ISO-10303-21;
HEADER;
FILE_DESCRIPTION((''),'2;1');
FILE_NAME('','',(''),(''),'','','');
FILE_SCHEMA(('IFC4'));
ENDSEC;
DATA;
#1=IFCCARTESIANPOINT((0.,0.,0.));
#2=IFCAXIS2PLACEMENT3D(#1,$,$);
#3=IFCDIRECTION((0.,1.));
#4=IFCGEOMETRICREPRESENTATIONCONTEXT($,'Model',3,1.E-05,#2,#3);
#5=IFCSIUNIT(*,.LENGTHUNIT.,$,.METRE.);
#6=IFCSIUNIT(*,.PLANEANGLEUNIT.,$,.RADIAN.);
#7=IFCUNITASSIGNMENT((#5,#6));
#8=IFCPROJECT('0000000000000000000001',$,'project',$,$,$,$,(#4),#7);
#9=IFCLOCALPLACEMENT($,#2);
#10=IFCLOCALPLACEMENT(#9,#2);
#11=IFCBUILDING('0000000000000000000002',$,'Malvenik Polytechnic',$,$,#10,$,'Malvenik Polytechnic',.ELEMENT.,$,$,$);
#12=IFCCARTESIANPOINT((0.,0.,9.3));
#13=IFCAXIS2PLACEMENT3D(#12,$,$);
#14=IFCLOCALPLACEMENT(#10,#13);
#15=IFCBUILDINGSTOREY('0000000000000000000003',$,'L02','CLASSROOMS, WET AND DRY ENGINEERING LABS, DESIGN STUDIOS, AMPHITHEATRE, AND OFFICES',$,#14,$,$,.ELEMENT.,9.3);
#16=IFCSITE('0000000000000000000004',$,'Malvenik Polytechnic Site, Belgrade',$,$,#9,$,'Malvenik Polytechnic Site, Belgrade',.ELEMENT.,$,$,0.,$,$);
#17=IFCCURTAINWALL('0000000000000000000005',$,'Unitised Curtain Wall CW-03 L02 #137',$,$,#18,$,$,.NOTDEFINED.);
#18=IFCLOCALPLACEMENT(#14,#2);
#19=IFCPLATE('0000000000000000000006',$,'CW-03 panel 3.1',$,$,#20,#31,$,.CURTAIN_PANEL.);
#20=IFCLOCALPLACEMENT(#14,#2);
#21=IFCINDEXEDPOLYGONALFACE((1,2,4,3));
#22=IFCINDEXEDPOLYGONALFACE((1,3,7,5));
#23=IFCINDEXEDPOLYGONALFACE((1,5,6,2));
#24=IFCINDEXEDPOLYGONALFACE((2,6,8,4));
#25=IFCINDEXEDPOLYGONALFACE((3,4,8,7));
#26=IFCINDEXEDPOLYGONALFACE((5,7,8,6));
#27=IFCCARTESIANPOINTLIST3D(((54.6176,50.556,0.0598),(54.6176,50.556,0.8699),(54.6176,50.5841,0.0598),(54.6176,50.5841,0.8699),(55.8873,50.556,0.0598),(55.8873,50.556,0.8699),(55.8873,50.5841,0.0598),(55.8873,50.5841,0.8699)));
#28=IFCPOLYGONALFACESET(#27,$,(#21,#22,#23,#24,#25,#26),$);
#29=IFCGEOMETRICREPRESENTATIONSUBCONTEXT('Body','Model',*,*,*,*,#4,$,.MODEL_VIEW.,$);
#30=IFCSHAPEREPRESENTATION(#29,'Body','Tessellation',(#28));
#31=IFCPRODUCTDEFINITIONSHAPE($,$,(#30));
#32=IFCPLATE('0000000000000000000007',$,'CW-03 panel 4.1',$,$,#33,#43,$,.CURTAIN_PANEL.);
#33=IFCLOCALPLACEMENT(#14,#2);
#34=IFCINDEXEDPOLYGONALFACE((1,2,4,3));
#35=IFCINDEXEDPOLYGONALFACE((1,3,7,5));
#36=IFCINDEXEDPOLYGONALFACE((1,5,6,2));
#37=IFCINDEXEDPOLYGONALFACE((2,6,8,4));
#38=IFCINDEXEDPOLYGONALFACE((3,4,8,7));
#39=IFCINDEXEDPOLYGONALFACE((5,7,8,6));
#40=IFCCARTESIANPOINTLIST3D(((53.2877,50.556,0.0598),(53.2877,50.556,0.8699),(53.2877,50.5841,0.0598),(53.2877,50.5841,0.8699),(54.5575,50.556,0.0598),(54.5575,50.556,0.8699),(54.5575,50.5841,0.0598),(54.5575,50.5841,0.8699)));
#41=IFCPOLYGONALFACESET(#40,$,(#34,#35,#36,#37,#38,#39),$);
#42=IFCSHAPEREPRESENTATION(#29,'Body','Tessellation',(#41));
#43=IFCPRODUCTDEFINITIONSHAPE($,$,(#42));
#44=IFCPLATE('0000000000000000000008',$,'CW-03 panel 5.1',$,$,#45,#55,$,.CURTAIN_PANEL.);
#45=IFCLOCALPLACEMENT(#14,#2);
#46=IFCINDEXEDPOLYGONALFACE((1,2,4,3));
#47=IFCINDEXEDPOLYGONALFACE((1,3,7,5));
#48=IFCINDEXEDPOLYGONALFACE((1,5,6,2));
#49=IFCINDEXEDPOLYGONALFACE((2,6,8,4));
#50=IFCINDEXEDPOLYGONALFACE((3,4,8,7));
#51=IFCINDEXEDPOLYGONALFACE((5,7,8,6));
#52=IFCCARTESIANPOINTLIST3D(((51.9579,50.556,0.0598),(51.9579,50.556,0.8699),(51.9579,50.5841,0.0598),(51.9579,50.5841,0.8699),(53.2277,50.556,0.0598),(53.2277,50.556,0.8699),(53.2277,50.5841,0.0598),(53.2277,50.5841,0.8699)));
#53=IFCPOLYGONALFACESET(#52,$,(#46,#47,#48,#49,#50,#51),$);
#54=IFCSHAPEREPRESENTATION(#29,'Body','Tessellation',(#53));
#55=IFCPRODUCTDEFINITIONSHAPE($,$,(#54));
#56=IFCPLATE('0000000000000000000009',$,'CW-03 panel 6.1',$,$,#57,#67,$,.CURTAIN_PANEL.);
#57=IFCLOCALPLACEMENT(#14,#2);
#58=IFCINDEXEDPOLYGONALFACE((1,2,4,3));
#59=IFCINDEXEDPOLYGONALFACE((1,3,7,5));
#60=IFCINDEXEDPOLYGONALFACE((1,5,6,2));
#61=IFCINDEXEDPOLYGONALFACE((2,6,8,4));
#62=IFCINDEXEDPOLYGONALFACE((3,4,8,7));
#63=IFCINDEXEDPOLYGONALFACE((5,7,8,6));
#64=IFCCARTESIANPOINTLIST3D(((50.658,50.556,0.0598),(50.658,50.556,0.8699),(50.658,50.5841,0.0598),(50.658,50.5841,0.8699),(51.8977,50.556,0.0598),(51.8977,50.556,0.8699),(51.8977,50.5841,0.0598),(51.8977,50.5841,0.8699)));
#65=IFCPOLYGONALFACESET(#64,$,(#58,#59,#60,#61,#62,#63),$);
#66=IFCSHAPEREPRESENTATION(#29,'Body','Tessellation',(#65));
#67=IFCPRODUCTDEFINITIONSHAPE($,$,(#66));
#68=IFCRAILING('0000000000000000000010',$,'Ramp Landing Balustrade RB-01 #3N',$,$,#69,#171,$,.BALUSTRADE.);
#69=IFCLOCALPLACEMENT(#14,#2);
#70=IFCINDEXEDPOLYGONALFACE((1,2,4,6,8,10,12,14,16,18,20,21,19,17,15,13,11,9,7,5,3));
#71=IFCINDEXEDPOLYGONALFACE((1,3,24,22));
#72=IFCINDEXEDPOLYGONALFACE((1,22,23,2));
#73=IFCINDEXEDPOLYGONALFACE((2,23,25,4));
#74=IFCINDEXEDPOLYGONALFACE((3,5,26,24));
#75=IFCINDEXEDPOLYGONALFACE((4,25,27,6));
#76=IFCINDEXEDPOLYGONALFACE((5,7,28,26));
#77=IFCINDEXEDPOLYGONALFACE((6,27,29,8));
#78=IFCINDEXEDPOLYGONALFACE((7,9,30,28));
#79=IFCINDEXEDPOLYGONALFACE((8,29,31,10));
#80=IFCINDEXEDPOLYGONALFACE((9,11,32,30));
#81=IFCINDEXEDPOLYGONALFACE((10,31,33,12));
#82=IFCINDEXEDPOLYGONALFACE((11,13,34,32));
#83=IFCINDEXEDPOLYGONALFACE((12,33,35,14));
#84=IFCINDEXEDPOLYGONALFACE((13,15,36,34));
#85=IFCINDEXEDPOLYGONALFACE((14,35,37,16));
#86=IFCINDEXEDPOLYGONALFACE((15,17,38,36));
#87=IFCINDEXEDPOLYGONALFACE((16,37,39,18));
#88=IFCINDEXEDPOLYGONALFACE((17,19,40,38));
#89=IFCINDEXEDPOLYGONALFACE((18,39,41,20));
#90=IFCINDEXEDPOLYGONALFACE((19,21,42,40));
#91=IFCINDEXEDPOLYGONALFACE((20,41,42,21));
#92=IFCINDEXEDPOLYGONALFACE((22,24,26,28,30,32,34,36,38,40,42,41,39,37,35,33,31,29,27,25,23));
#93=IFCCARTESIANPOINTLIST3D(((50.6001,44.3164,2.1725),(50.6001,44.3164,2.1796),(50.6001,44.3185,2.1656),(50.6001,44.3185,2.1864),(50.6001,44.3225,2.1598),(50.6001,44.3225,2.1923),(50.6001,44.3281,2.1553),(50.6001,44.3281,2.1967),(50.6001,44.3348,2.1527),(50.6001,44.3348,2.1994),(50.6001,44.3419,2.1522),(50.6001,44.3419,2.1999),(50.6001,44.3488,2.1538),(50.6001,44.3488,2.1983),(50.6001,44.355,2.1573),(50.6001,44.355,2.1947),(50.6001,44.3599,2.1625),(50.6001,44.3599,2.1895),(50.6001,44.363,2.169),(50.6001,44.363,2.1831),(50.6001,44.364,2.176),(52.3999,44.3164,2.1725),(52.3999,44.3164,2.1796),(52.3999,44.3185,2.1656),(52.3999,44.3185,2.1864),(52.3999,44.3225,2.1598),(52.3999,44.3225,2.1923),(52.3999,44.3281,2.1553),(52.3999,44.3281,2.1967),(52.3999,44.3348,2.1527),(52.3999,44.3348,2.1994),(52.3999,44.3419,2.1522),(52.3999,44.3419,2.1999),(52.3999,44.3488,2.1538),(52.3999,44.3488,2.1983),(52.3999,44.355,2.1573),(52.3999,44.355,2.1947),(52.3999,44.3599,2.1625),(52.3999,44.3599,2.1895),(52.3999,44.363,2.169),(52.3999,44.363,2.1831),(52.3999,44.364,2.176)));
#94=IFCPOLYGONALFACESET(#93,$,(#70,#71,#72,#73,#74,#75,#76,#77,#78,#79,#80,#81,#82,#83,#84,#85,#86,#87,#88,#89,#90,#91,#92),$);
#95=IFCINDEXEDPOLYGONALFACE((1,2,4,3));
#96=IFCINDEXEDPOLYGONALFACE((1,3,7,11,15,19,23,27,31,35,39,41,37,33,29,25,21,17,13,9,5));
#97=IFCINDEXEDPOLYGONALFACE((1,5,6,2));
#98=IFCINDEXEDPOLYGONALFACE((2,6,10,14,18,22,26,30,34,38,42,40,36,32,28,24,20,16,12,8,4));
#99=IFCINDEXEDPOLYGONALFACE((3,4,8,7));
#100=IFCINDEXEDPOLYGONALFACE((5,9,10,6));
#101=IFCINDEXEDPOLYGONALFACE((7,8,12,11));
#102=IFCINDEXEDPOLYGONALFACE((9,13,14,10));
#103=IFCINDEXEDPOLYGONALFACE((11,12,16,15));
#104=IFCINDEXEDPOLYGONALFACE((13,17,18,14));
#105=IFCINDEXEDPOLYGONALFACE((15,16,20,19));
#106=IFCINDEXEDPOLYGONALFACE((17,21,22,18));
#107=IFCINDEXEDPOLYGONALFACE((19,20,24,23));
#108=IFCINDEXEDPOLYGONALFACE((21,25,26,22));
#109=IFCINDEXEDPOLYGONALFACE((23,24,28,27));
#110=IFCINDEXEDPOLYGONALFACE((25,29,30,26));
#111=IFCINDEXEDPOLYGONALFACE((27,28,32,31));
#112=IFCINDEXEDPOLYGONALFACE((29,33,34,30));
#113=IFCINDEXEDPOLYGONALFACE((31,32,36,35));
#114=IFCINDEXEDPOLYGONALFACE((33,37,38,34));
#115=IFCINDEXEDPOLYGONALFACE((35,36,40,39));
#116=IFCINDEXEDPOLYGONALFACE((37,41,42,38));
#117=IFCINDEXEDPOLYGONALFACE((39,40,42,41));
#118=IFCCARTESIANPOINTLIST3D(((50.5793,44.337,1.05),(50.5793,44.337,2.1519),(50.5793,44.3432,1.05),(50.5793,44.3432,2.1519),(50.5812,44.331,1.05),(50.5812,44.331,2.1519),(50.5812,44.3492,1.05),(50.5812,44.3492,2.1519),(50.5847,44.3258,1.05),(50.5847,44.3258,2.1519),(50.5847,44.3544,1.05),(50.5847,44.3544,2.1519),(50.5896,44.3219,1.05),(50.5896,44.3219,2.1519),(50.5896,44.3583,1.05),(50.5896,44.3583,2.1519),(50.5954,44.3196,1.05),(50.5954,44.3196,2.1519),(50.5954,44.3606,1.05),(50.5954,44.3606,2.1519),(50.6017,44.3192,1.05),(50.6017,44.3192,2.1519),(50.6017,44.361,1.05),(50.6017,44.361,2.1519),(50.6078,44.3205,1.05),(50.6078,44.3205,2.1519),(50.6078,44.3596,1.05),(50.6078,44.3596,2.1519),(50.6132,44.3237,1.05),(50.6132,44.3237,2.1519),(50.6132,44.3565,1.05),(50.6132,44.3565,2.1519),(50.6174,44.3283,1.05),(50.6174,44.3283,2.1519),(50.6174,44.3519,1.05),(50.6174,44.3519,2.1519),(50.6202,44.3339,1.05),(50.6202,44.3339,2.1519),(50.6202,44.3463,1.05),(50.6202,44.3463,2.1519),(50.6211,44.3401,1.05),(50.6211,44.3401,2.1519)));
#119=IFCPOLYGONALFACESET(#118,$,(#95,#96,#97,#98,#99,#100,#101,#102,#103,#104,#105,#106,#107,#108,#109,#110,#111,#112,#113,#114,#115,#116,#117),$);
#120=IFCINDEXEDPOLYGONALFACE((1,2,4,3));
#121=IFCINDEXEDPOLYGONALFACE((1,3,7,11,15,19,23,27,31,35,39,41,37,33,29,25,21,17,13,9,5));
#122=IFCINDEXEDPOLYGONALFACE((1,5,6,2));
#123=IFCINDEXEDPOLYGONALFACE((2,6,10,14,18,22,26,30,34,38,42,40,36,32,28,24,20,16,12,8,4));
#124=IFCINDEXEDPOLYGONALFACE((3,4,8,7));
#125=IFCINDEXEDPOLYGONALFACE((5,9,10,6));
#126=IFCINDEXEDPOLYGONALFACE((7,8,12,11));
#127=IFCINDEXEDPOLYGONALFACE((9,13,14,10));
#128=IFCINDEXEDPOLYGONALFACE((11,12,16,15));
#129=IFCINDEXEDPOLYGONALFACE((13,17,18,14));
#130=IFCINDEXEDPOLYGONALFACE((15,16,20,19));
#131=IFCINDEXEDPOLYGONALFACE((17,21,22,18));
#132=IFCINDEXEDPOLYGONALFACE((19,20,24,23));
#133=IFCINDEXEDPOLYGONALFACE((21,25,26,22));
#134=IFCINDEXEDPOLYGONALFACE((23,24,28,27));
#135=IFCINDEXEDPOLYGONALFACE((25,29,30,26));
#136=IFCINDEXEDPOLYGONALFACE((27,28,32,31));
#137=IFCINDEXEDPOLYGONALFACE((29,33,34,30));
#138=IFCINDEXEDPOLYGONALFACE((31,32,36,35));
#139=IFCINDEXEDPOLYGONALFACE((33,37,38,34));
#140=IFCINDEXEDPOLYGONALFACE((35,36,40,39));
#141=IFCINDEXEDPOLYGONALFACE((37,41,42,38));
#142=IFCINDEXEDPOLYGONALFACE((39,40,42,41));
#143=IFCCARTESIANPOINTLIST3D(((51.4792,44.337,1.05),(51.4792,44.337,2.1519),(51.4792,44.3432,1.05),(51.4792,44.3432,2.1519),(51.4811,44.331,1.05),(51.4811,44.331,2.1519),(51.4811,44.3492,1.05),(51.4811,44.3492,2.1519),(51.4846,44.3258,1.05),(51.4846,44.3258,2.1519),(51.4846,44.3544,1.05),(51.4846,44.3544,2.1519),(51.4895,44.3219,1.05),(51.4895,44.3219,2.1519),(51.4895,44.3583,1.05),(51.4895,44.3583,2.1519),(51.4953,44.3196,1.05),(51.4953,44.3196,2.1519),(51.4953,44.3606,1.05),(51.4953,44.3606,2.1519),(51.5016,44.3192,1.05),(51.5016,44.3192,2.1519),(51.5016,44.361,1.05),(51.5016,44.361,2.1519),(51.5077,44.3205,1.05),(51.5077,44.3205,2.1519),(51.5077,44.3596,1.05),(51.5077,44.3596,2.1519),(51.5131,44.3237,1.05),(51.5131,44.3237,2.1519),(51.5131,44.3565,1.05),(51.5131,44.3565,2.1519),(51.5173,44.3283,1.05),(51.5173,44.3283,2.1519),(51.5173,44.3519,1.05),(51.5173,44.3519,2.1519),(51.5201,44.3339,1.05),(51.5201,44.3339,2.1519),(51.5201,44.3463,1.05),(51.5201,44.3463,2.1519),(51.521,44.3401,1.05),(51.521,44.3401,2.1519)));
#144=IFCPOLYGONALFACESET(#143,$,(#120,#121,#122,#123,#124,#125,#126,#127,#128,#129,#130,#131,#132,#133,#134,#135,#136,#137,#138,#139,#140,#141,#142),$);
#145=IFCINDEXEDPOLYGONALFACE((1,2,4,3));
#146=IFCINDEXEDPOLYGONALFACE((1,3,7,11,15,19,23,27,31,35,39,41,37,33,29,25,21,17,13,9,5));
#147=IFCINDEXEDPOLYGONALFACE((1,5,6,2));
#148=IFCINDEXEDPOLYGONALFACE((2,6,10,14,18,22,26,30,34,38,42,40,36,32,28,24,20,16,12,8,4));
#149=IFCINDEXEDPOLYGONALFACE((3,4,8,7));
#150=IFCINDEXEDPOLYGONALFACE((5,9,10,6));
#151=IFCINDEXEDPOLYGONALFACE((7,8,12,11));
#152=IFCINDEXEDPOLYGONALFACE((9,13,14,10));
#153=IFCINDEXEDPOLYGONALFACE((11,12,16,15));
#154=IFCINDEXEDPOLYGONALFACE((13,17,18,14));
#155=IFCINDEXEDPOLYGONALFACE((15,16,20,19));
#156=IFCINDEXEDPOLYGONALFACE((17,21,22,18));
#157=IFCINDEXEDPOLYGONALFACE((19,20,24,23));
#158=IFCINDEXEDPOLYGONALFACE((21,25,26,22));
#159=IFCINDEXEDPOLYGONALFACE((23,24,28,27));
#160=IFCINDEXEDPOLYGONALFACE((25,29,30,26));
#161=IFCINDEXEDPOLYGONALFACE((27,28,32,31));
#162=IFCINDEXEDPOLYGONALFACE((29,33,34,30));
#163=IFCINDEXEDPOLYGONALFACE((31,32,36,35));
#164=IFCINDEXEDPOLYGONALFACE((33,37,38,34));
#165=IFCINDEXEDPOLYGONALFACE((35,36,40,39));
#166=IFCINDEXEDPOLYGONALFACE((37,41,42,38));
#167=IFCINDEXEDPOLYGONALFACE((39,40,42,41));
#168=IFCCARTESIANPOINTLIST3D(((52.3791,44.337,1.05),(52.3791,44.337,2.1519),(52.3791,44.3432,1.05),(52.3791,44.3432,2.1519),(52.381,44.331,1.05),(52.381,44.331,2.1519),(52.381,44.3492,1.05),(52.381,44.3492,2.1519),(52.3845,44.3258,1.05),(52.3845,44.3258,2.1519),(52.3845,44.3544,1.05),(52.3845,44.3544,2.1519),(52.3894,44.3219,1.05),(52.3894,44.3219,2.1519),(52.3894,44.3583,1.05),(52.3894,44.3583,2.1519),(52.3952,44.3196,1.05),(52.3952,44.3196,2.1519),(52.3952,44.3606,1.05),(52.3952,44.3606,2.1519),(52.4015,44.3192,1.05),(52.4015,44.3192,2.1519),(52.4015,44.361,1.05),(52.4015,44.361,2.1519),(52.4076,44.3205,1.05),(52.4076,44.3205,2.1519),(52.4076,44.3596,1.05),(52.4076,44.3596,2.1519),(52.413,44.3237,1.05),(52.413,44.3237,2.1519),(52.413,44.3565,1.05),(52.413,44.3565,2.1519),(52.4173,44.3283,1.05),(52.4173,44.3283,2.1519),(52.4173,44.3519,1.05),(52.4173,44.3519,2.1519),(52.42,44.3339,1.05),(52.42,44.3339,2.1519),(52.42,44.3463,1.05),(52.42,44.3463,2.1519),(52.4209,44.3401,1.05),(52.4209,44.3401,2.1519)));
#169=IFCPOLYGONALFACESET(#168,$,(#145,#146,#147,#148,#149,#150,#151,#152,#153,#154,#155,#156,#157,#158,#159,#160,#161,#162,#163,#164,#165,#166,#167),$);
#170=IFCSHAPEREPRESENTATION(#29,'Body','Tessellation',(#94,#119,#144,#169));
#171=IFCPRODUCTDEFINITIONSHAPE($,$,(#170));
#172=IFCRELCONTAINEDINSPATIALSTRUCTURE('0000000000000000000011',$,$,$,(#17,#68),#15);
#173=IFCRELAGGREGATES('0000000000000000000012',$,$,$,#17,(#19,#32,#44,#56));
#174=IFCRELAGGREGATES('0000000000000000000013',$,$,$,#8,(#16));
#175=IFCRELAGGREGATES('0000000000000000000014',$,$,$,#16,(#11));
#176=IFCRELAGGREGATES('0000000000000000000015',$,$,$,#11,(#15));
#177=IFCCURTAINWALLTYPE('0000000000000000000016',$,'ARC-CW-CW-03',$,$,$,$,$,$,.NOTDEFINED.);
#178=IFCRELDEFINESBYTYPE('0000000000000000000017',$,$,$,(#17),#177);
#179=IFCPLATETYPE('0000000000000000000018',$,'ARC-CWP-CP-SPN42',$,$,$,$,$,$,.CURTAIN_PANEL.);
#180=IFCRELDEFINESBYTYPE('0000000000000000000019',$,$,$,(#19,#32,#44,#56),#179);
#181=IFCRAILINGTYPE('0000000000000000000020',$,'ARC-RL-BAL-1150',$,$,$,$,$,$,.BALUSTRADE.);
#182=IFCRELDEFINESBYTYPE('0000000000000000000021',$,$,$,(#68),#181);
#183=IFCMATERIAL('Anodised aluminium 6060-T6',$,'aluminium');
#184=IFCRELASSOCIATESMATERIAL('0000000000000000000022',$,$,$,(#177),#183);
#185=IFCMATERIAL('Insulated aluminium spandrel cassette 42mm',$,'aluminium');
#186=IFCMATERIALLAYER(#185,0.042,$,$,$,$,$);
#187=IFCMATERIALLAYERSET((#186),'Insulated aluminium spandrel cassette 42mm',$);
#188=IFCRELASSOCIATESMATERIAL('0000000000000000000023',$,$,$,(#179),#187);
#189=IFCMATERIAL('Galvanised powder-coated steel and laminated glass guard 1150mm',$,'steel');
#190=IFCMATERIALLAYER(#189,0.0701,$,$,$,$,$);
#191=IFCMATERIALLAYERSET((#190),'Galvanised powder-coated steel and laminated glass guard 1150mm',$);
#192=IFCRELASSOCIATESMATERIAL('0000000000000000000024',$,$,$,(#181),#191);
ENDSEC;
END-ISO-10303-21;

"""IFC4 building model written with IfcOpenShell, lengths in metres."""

from ifc_helpers import new_model, si_unit, direction, frame, origin, origin_2d, place, context, subcontext, project, spatial, rectangle, circle, extrude, material, layer, layer_set, type_object, element, aggregate, save


model = new_model("IFC4")

# Units and contexts
model_context = context("Model", 3, precision=1e-05, world=origin(), true_north=direction((0.0, 1.0)))
body_context = subcontext(model_context, "Body", "Model", "MODEL_VIEW")
ifc_project = project(units=[si_unit("LENGTHUNIT", "METRE"), si_unit("PLANEANGLEUNIT", "RADIAN")], contexts=[model_context])

# Site, building, storey
site_placement = place(None, origin())
site = spatial("IfcSite", under=ifc_project, at=site_placement, Name="Malvenik Polytechnic Site, Belgrade", LongName="Malvenik Polytechnic Site, Belgrade", CompositionType="ELEMENT", RefElevation=0.0)
building_placement = place(site_placement, origin())
building = spatial("IfcBuilding", under=site, at=building_placement, Name="Malvenik Polytechnic", LongName="Malvenik Polytechnic", CompositionType="ELEMENT")
storey_placement = place(building_placement, frame((0.0, 0.0, 9.3)))
storey = spatial("IfcBuildingStorey", under=building, at=storey_placement, Name="L02", Description="CLASSROOMS, WET AND DRY ENGINEERING LABS, DESIGN STUDIOS, AMPHITHEATRE, AND OFFICES", CompositionType="ELEMENT", Elevation=9.3)

# Curtain wall
ifc_material_1 = material(Name="Anodised aluminium 6060-T6", Category="aluminium")
curtain_wall_type = type_object("IfcCurtainWallType", Name="ARC-CW-CW-03", PredefinedType="NOTDEFINED", material=ifc_material_1)
curtain_wall_placement = place(storey_placement, origin())
curtain_wall = element("IfcCurtainWall", 1, at=curtain_wall_placement, inside=storey, type_object=curtain_wall_type, Name="Unitised Curtain Wall CW-03 L02 #137", PredefinedType="NOTDEFINED")

# Plates
ifc_material_2 = material(Name="Insulated aluminium spandrel cassette 42mm", Category="aluminium")
ifc_layer_1 = layer(ifc_material_2, 0.042)
ifc_layer_set_1 = layer_set([ifc_layer_1], Name="Insulated aluminium spandrel cassette 42mm")
plate_type_1 = type_object("IfcPlateType", Name="ARC-CWP-CP-SPN42", PredefinedType="CURTAIN_PANEL", material=ifc_layer_set_1)
plate_1_placement = place(storey_placement, frame((55.2524, 50.5701, 0.0598), z_axis=(0.0, 0.0, 1.0), x_axis=(-1.0, 0.0, 0.0)))
plate_1 = element("IfcPlate", 2, at=plate_1_placement, type_object=plate_type_1, Name="CW-03 panel 3.1", PredefinedType="CURTAIN_PANEL", context=body_context, shape_type="SweptSolid", body=[
    extrude(rectangle(XDim=1.2698, YDim=0.0281, at=origin_2d()), origin(), (0.0, 0.0, 1.0), 0.8101),
])
plate_2_placement = place(storey_placement, frame((53.9226, 50.5701, 0.0598), z_axis=(0.0, 0.0, 1.0), x_axis=(-1.0, 0.0, 0.0)))
plate_2 = element("IfcPlate", 3, at=plate_2_placement, type_object=plate_type_1, Name="CW-03 panel 4.1", PredefinedType="CURTAIN_PANEL", context=body_context, shape_type="SweptSolid", body=[
    extrude(rectangle(XDim=1.2698, YDim=0.0281, at=origin_2d()), origin(), (0.0, 0.0, 1.0), 0.8101),
])
plate_3_placement = place(storey_placement, frame((52.5928, 50.5701, 0.0598), z_axis=(0.0, 0.0, 1.0), x_axis=(-1.0, 0.0, 0.0)))
plate_3 = element("IfcPlate", 4, at=plate_3_placement, type_object=plate_type_1, Name="CW-03 panel 5.1", PredefinedType="CURTAIN_PANEL", context=body_context, shape_type="SweptSolid", body=[
    extrude(rectangle(XDim=1.2698, YDim=0.0281, at=origin_2d()), origin(), (0.0, 0.0, 1.0), 0.8101),
])
plate_4_placement = place(storey_placement, frame((51.2778, 50.5701, 0.0598), z_axis=(0.0, 0.0, 1.0), x_axis=(-1.0, 0.0, 0.0)))
plate_4 = element("IfcPlate", 5, at=plate_4_placement, type_object=plate_type_1, Name="CW-03 panel 6.1", PredefinedType="CURTAIN_PANEL", context=body_context, shape_type="SweptSolid", body=[
    extrude(rectangle(XDim=1.2397, YDim=0.0281, at=origin_2d()), origin(), (0.0, 0.0, 1.0), 0.8101),
])
aggregate(curtain_wall, [plate_1, plate_2, plate_3, plate_4])

# Railing
ifc_material_3 = material(Name="Galvanised powder-coated steel and laminated glass guard 1150mm", Category="steel")
ifc_layer_2 = layer(ifc_material_3, 0.0701)
ifc_layer_set_2 = layer_set([ifc_layer_2], Name="Galvanised powder-coated steel and laminated glass guard 1150mm")
railing_type_1 = type_object("IfcRailingType", Name="ARC-RL-BAL-1150", PredefinedType="BALUSTRADE", material=ifc_layer_set_2)
railing_1_placement = place(storey_placement, frame((50.6001, 44.3401, 1.05)))
element("IfcRailing", 6, at=railing_1_placement, inside=storey, type_object=railing_type_1, Name="Ramp Landing Balustrade RB-01 #3N", PredefinedType="BALUSTRADE", context=body_context, shape_type="SweptSolid", body=[
    extrude(circle(Radius=0.0239, at=origin_2d()), frame((0.0, 0.0, 1.126), z_axis=(1.0, 0.0, 0.0), x_axis=(0.0, 1.0, 0.0)), (0.0, 0.0, 1.0), 1.7998),
    extrude(circle(Radius=0.021, at=origin_2d()), origin(), (0.0, 0.0, 1.0), 1.1018),
    extrude(circle(Radius=0.021, at=origin_2d()), frame((0.8999, 0.0, 0.0)), (0.0, 0.0, 1.0), 1.1018),
    extrude(circle(Radius=0.021, at=origin_2d()), frame((1.7998, 0.0, 0.0)), (0.0, 0.0, 1.0), 1.1018),
])

save(model, "model.ifc")
